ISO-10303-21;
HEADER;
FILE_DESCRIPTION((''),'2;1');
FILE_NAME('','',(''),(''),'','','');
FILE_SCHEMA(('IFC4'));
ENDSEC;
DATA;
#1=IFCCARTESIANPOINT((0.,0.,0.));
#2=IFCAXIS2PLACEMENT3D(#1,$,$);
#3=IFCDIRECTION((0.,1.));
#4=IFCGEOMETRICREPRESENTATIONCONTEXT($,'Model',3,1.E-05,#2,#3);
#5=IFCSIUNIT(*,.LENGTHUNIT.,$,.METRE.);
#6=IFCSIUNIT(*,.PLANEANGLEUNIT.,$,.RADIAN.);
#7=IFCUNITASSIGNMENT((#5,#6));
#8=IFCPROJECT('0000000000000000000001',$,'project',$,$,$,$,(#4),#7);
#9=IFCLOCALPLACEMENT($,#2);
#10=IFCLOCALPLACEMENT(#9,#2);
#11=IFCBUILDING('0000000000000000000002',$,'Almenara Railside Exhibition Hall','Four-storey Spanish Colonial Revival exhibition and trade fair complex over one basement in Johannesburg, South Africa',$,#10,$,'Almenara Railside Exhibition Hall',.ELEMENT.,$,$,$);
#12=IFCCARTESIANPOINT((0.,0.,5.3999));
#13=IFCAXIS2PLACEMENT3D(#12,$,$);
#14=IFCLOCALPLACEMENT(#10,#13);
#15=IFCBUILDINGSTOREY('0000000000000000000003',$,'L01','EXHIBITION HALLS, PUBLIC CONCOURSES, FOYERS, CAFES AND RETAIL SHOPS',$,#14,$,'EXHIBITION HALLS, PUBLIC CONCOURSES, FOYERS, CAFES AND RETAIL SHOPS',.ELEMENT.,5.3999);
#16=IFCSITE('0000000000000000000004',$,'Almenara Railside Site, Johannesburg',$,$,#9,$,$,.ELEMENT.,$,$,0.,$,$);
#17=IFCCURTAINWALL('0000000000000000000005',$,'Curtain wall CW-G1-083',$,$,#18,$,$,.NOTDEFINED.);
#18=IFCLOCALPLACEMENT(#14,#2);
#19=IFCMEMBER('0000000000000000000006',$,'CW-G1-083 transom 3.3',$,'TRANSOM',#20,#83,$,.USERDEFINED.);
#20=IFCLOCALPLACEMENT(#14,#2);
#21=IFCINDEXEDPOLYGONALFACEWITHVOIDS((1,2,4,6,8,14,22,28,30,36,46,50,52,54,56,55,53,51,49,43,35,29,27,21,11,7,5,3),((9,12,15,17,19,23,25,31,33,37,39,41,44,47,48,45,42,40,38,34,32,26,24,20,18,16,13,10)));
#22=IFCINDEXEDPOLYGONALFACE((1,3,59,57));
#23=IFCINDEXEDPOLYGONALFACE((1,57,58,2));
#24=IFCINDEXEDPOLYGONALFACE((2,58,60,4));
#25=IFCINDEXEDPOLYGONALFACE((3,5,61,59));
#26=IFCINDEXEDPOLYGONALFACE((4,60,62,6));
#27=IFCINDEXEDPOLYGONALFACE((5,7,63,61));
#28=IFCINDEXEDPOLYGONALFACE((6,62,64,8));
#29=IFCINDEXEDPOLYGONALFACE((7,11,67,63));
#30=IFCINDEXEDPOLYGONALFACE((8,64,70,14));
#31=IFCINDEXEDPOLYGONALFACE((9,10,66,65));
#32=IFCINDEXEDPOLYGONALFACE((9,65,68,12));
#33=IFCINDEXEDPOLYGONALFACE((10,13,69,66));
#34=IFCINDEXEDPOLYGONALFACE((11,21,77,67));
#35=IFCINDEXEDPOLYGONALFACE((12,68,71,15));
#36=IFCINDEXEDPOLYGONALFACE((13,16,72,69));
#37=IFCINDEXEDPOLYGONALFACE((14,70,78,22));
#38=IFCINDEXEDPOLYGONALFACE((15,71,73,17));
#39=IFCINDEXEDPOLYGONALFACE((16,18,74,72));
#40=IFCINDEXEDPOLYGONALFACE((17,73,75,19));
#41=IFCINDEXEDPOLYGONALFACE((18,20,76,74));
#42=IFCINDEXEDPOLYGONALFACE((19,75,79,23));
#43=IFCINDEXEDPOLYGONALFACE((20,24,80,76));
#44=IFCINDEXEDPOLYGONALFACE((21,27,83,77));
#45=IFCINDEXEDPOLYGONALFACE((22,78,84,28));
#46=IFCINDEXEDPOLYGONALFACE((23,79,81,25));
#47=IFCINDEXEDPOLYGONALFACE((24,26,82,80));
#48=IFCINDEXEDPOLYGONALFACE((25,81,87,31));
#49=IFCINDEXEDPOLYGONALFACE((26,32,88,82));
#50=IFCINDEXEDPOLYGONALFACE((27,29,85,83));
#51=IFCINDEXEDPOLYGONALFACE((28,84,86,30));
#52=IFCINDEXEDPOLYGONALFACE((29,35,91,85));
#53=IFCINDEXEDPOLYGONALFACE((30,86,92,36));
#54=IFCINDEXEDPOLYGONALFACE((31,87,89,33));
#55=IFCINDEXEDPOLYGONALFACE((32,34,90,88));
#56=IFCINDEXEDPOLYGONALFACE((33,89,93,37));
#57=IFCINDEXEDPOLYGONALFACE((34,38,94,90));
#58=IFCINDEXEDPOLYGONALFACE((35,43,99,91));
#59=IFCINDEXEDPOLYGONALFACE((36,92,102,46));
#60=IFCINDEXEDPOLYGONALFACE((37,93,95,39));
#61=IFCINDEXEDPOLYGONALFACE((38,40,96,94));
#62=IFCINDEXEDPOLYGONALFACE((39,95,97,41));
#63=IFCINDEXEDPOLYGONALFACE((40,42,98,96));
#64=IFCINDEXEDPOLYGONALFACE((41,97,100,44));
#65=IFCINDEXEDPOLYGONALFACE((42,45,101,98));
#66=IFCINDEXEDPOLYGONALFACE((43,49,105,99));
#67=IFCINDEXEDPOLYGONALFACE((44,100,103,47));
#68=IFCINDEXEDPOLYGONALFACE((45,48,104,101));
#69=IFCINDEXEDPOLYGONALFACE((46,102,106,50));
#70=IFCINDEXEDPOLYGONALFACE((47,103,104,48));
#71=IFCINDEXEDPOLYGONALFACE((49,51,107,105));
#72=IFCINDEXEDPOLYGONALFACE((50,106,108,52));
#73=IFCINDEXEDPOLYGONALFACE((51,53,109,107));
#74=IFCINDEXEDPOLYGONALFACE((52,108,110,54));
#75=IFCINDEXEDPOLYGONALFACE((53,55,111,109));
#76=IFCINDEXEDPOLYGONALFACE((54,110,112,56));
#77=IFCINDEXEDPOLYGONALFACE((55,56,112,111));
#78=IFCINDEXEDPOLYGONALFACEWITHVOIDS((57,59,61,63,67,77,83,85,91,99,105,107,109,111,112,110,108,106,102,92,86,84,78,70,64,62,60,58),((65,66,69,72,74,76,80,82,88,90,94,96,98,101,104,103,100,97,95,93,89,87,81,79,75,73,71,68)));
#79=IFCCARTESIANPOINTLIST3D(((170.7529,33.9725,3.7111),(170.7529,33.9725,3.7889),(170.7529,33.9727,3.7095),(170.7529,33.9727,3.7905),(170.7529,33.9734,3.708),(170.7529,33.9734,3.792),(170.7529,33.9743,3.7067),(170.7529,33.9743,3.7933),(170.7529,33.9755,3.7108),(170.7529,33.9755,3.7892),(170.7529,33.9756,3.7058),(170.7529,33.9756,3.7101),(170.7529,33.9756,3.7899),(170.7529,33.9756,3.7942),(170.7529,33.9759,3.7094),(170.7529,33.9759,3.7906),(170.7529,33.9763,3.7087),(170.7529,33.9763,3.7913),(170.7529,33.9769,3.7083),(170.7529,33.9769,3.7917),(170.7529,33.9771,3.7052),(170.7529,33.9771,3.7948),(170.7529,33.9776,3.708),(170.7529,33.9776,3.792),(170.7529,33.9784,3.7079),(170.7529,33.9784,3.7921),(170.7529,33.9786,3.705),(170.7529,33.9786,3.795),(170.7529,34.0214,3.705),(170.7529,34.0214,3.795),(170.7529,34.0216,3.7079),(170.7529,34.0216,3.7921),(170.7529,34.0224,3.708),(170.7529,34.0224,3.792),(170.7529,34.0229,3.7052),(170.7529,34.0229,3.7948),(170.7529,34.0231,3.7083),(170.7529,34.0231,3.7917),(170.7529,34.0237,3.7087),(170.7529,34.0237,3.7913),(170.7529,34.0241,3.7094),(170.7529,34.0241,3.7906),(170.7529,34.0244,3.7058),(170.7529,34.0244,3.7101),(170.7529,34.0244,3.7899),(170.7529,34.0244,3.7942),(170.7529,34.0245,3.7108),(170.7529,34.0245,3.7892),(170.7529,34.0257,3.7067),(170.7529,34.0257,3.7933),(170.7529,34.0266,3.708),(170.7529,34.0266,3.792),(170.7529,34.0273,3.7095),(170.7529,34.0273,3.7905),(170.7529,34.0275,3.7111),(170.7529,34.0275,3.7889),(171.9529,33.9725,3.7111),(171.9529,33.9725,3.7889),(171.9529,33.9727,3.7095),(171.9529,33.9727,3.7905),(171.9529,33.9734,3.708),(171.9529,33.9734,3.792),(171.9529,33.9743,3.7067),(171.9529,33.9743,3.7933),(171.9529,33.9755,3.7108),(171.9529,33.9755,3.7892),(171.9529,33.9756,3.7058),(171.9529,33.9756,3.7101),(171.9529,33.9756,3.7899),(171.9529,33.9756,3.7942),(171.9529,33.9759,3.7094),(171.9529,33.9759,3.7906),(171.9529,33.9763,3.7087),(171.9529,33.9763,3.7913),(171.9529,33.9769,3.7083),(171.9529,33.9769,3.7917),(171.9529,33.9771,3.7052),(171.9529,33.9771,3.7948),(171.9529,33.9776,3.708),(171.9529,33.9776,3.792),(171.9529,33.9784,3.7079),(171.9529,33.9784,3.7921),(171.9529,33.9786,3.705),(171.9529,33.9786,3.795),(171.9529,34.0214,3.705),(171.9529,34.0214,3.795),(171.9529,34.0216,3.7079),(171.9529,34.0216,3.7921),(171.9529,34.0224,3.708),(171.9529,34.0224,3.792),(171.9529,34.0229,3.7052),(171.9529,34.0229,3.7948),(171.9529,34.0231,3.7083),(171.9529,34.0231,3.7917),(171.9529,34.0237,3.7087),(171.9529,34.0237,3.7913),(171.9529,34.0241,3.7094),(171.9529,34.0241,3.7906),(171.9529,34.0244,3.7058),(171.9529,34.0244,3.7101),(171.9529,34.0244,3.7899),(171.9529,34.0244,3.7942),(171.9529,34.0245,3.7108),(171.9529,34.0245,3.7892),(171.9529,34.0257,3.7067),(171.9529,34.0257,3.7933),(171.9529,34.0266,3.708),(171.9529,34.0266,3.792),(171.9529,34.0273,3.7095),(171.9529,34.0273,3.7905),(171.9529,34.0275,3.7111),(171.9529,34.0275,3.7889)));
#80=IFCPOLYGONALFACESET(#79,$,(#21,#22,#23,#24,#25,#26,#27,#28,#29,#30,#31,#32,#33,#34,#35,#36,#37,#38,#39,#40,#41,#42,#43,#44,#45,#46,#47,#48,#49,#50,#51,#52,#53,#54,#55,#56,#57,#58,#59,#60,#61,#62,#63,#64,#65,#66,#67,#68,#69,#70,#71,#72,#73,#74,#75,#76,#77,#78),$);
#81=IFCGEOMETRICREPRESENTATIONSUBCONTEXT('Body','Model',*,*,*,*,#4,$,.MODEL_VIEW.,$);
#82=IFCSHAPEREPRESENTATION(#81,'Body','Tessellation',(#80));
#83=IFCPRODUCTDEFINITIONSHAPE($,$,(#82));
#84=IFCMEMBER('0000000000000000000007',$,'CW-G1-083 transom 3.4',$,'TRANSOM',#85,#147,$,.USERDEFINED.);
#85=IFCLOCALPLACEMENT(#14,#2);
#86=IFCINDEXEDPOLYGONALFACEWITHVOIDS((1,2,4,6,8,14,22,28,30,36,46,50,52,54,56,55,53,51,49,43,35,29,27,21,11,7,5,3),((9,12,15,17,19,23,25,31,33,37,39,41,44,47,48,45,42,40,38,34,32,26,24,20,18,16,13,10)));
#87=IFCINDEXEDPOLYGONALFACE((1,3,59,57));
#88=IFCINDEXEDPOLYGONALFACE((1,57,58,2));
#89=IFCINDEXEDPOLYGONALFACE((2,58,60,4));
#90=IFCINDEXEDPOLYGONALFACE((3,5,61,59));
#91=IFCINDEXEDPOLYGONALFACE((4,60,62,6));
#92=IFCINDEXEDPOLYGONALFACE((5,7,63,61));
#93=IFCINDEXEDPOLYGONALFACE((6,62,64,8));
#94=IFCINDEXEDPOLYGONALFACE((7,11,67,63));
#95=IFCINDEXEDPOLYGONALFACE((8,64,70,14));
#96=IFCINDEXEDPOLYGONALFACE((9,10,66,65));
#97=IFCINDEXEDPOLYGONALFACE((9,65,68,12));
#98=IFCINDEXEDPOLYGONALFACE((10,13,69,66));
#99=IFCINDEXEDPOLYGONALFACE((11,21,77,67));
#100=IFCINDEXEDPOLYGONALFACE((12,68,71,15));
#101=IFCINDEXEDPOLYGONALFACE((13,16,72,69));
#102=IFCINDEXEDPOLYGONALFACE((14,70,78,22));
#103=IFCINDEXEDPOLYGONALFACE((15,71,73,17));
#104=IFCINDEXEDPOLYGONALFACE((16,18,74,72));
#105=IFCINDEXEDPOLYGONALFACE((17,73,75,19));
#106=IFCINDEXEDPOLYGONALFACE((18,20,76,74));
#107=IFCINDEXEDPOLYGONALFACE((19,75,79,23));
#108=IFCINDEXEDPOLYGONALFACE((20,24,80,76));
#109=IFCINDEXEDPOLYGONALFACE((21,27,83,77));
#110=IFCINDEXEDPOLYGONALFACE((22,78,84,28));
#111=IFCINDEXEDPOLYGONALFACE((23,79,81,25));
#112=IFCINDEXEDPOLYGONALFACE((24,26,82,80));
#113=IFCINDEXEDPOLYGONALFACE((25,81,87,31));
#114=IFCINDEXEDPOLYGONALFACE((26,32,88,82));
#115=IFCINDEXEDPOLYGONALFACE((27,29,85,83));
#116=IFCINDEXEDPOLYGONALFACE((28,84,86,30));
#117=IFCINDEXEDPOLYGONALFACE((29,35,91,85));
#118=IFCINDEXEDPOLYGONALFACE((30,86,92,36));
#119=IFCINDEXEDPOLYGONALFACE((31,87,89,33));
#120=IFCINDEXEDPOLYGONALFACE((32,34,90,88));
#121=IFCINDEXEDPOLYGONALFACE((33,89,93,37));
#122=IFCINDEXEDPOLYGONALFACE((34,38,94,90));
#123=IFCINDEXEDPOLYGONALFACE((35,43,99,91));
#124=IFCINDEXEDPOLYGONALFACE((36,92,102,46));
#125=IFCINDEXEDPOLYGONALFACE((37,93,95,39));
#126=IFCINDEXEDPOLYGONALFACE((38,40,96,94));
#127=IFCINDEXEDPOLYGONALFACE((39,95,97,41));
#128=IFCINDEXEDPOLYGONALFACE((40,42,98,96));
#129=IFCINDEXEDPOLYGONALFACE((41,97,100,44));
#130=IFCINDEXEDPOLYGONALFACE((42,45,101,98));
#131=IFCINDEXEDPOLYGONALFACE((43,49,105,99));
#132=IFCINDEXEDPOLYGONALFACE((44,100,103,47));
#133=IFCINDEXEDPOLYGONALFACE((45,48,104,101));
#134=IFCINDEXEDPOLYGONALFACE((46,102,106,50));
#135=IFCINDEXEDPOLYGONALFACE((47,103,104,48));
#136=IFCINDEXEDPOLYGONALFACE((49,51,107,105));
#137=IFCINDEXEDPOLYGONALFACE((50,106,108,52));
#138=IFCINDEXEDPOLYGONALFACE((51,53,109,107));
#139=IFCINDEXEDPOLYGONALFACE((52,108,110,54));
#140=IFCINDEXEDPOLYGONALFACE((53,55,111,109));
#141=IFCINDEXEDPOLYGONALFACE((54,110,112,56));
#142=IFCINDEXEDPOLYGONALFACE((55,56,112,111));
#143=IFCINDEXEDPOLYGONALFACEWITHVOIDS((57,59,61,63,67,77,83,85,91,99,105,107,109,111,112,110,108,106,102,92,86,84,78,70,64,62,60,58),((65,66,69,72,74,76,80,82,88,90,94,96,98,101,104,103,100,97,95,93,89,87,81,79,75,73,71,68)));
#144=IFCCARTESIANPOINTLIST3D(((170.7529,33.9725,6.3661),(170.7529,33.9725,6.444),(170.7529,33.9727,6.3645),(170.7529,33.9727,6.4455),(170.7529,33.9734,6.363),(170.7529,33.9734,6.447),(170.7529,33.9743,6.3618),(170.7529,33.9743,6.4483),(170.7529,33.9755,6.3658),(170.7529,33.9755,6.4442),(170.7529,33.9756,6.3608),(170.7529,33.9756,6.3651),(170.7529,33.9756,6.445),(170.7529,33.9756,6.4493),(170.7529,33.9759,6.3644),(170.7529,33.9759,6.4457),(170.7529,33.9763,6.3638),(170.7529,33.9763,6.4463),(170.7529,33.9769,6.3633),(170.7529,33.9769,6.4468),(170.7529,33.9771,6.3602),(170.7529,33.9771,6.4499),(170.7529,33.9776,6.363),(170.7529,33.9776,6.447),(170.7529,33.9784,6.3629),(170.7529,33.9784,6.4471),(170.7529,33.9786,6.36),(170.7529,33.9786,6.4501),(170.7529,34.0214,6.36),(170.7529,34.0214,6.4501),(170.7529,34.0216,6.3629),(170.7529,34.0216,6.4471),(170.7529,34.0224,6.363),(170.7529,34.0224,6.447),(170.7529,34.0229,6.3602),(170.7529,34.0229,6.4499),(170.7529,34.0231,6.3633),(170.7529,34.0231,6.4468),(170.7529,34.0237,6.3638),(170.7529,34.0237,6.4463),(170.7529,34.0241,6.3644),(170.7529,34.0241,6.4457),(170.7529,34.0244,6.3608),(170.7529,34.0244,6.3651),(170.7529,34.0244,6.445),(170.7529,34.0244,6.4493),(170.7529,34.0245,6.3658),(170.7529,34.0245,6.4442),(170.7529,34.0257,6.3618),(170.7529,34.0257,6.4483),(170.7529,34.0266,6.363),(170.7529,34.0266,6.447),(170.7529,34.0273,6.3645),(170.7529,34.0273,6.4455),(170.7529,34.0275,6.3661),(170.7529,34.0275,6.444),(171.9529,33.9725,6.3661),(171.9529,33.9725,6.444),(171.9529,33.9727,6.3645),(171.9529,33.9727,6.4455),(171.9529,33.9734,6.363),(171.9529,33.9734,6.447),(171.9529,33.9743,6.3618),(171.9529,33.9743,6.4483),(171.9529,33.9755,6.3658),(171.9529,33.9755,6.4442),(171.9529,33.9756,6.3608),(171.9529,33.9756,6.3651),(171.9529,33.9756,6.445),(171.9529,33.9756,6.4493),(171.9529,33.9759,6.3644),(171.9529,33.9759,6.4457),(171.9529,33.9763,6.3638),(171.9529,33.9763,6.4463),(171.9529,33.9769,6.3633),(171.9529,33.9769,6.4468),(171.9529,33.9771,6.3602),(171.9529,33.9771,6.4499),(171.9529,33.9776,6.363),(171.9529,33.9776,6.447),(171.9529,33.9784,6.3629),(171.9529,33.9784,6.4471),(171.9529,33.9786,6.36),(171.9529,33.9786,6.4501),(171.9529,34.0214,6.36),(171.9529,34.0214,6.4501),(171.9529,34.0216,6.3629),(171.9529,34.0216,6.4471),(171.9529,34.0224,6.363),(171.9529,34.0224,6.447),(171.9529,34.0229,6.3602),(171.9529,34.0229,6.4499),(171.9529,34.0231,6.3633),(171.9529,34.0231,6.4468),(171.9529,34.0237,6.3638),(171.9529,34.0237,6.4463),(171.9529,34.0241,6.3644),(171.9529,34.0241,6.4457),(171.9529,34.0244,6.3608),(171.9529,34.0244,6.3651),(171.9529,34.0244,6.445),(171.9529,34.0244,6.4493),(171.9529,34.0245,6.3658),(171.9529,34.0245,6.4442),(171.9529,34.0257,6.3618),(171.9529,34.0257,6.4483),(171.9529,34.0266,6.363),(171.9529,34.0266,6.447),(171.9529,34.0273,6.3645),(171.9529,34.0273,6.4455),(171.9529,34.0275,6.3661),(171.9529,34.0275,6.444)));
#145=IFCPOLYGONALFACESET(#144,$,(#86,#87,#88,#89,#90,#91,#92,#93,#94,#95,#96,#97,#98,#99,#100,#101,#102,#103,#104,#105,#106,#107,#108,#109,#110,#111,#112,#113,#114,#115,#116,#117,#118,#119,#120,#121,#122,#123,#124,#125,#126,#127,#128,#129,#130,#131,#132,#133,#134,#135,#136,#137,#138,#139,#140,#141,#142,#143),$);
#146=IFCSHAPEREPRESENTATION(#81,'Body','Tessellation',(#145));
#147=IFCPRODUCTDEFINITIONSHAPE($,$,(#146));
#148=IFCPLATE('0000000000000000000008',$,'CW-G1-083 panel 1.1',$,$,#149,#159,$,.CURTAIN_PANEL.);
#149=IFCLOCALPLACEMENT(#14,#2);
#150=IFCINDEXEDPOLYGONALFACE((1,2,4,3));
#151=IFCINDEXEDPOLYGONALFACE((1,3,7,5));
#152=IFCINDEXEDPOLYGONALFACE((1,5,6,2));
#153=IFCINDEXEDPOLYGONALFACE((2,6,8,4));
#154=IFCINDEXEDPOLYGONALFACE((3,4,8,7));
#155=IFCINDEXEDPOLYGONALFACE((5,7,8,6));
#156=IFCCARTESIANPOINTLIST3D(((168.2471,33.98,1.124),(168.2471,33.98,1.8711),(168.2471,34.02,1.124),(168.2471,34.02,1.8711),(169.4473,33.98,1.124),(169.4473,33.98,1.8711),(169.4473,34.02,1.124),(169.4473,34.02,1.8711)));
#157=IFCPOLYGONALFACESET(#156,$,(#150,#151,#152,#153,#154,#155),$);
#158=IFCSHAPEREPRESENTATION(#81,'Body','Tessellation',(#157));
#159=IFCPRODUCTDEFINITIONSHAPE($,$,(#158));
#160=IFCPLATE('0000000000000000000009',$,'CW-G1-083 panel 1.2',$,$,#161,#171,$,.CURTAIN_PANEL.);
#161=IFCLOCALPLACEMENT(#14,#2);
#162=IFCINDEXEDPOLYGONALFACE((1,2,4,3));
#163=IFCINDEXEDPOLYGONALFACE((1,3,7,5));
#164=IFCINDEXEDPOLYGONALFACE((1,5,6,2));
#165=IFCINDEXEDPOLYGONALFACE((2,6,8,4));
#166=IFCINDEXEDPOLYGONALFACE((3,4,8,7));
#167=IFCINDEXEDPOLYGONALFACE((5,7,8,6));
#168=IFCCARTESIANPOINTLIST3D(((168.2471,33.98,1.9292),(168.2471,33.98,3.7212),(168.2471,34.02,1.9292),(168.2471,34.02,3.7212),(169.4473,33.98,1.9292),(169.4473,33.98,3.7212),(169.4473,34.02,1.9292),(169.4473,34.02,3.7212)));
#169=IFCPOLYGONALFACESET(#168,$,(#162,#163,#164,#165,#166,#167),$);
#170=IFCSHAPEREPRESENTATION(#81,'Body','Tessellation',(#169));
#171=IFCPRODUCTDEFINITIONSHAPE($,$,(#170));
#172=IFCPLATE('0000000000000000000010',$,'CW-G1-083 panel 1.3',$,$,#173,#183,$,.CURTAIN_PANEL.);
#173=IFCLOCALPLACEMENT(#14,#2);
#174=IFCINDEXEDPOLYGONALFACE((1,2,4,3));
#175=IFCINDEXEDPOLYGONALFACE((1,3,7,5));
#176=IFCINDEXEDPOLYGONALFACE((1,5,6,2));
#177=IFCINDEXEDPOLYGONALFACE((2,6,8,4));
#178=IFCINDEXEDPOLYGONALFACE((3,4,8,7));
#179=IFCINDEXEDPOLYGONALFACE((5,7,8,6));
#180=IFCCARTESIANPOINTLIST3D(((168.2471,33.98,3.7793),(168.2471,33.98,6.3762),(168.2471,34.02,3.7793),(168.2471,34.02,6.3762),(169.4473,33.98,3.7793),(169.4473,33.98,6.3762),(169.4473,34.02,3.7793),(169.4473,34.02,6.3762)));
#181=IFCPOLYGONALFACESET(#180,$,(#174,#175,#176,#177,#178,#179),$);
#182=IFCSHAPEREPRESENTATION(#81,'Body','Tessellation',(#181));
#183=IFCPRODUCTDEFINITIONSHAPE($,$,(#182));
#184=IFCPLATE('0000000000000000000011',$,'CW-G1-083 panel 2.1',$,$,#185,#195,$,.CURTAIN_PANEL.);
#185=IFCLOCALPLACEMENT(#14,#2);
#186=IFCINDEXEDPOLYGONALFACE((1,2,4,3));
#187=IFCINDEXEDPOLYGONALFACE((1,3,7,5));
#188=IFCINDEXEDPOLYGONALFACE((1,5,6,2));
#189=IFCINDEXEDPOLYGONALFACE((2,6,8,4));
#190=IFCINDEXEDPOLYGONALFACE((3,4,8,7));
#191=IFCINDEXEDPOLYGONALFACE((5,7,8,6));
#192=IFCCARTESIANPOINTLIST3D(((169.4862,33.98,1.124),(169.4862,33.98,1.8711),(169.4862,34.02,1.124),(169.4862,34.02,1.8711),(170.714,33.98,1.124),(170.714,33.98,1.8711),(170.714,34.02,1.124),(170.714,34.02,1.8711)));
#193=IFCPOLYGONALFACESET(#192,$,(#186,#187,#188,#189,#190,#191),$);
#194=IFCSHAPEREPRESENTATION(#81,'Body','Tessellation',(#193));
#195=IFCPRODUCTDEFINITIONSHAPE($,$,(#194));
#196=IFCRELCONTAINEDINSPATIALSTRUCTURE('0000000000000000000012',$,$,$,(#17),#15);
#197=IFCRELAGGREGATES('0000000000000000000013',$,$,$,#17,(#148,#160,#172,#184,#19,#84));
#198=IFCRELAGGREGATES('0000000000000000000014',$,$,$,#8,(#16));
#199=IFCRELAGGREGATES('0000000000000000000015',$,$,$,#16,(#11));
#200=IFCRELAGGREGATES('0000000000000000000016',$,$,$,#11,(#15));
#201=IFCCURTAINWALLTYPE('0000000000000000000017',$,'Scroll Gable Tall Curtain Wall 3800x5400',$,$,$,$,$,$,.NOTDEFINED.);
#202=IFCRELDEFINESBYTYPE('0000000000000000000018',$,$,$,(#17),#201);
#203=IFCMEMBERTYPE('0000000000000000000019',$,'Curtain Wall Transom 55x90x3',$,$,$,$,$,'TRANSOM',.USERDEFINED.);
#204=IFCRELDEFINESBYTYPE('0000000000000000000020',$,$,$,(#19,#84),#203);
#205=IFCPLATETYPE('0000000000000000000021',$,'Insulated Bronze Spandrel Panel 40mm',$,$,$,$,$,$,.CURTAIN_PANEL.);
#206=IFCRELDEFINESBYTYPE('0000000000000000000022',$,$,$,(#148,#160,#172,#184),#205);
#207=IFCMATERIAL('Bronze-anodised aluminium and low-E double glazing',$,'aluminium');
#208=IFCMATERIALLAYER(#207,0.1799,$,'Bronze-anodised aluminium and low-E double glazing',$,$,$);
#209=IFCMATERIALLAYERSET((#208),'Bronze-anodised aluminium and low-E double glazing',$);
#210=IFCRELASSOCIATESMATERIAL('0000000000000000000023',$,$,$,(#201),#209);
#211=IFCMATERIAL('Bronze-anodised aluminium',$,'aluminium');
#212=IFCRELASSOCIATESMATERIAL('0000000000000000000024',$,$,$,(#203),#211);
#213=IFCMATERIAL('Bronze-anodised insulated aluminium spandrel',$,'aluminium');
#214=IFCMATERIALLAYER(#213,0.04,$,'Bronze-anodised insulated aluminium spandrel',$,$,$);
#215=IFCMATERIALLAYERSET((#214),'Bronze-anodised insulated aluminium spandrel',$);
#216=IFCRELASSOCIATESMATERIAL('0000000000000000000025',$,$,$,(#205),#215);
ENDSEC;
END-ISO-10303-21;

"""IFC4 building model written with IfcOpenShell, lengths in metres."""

from ifc_helpers import new_model, si_unit, direction, frame, origin, origin_2d, place, context, subcontext, project, spatial, rectangle, hollow_rectangle, extrude, material, layer, layer_set, material_profile, profile_set, type_object, element, aggregate, save


model = new_model("IFC4")

# Units and contexts
model_context = context("Model", 3, precision=1e-05, world=origin(), true_north=direction((0.0, 1.0)))
body_context = subcontext(model_context, "Body", "Model", "MODEL_VIEW")
ifc_project = project(units=[si_unit("LENGTHUNIT", "METRE"), si_unit("PLANEANGLEUNIT", "RADIAN")], contexts=[model_context])

# Site, building, storey
site_placement = place(None, origin())
site = spatial("IfcSite", under=ifc_project, at=site_placement, Name="Almenara Railside Site, Johannesburg", CompositionType="ELEMENT", RefElevation=0.0)
building_placement = place(site_placement, origin())
building = spatial("IfcBuilding", under=site, at=building_placement, Name="Almenara Railside Exhibition Hall", Description="Four-storey Spanish Colonial Revival exhibition and trade fair complex over one basement in Johannesburg, South Africa", LongName="Almenara Railside Exhibition Hall", CompositionType="ELEMENT")
storey_placement = place(building_placement, frame((0.0, 0.0, 5.3999)))
storey = spatial("IfcBuildingStorey", under=building, at=storey_placement, Name="L01", Description="EXHIBITION HALLS, PUBLIC CONCOURSES, FOYERS, CAFES AND RETAIL SHOPS", LongName="EXHIBITION HALLS, PUBLIC CONCOURSES, FOYERS, CAFES AND RETAIL SHOPS", CompositionType="ELEMENT", Elevation=5.3999)

# Curtain wall, members, plates
ifc_material_1 = material(Name="Bronze-anodised aluminium and low-E double glazing", Category="aluminium")
ifc_layer_1 = layer(ifc_material_1, 0.1799, Name="Bronze-anodised aluminium and low-E double glazing")
ifc_layer_set_1 = layer_set([ifc_layer_1], Name="Bronze-anodised aluminium and low-E double glazing")
curtain_wall_type = type_object("IfcCurtainWallType", Name="Scroll Gable Tall Curtain Wall 3800x5400", PredefinedType="NOTDEFINED", material=ifc_layer_set_1)
curtain_wall_placement = place(storey_placement, origin())
curtain_wall = element("IfcCurtainWall", 1, at=curtain_wall_placement, inside=storey, type_object=curtain_wall_type, Name="Curtain wall CW-G1-083", PredefinedType="NOTDEFINED")
ifc_material_2 = material(Name="Bronze-anodised aluminium", Category="aluminium")
ifc_material_profile_1 = material_profile(ifc_material_2, hollow_rectangle(XDim=0.0549, YDim=0.0901, WallThickness=0.0029, InnerFilletRadius=0.0029, OuterFilletRadius=0.0061, at=origin_2d()), Name="ALU-TRN 55x90x3")
ifc_profile_set_1 = profile_set([ifc_material_profile_1], Name="Bronze-anodised aluminium")
member_type_1 = type_object("IfcMemberType", Name="Curtain Wall Transom 55x90x3", ElementType="TRANSOM", PredefinedType="USERDEFINED", material=ifc_profile_set_1)
member_1_placement = place(storey_placement, frame((170.7529, 34.0, 3.75), z_axis=(1.0, 0.0, 0.0), x_axis=(0.0, 1.0, 0.0)))
member_1 = element("IfcMember", 2, at=member_1_placement, type_object=member_type_1, Name="CW-G1-083 transom 3.3", ObjectType="TRANSOM", PredefinedType="USERDEFINED", context=body_context, shape_type="SweptSolid", body=[
    extrude(hollow_rectangle(XDim=0.0549, YDim=0.0901, WallThickness=0.0029, InnerFilletRadius=0.0029, OuterFilletRadius=0.0061, at=origin_2d()), origin(), (0.0, 0.0, 1.0), 1.2),
])
member_2_placement = place(storey_placement, frame((170.7529, 34.0, 6.405), z_axis=(1.0, 0.0, 0.0), x_axis=(0.0, 1.0, 0.0)))
member_2 = element("IfcMember", 3, at=member_2_placement, type_object=member_type_1, Name="CW-G1-083 transom 3.4", ObjectType="TRANSOM", PredefinedType="USERDEFINED", context=body_context, shape_type="SweptSolid", body=[
    extrude(hollow_rectangle(XDim=0.0549, YDim=0.0901, WallThickness=0.0029, InnerFilletRadius=0.0029, OuterFilletRadius=0.0061, at=origin_2d()), origin(), (0.0, 0.0, 1.0), 1.2),
])
ifc_material_3 = material(Name="Bronze-anodised insulated aluminium spandrel", Category="aluminium")
ifc_layer_2 = layer(ifc_material_3, 0.04, Name="Bronze-anodised insulated aluminium spandrel")
ifc_layer_set_2 = layer_set([ifc_layer_2], Name="Bronze-anodised insulated aluminium spandrel")
plate_type = type_object("IfcPlateType", Name="Insulated Bronze Spandrel Panel 40mm", PredefinedType="CURTAIN_PANEL", material=ifc_layer_set_2)
plate_1_placement = place(storey_placement, frame((168.8472, 34.0, 1.124), z_axis=(0.0, 0.0, 1.0), x_axis=(1.0, 0.0, 0.0)))
plate_1 = element("IfcPlate", 4, at=plate_1_placement, type_object=plate_type, Name="CW-G1-083 panel 1.1", PredefinedType="CURTAIN_PANEL", context=body_context, shape_type="SweptSolid", body=[
    extrude(rectangle(XDim=1.2002, YDim=0.04, at=origin_2d()), origin(), (0.0, 0.0, 1.0), 0.7471),
])
plate_2_placement = place(storey_placement, frame((168.8472, 34.0, 1.9292), z_axis=(0.0, 0.0, 1.0), x_axis=(1.0, 0.0, 0.0)))
plate_2 = element("IfcPlate", 5, at=plate_2_placement, type_object=plate_type, Name="CW-G1-083 panel 1.2", PredefinedType="CURTAIN_PANEL", context=body_context, shape_type="SweptSolid", body=[
    extrude(rectangle(XDim=1.2002, YDim=0.04, at=origin_2d()), origin(), (0.0, 0.0, 1.0), 1.792),
])
plate_3_placement = place(storey_placement, frame((168.8472, 34.0, 3.7793), z_axis=(0.0, 0.0, 1.0), x_axis=(1.0, 0.0, 0.0)))
plate_3 = element("IfcPlate", 6, at=plate_3_placement, type_object=plate_type, Name="CW-G1-083 panel 1.3", PredefinedType="CURTAIN_PANEL", context=body_context, shape_type="SweptSolid", body=[
    extrude(rectangle(XDim=1.2002, YDim=0.04, at=origin_2d()), origin(), (0.0, 0.0, 1.0), 2.5969),
])
plate_4_placement = place(storey_placement, frame((170.1001, 34.0, 1.124), z_axis=(0.0, 0.0, 1.0), x_axis=(1.0, 0.0, 0.0)))
plate_4 = element("IfcPlate", 7, at=plate_4_placement, type_object=plate_type, Name="CW-G1-083 panel 2.1", PredefinedType="CURTAIN_PANEL", context=body_context, shape_type="SweptSolid", body=[
    extrude(rectangle(XDim=1.2278, YDim=0.04, at=origin_2d()), origin(), (0.0, 0.0, 1.0), 0.7471),
])
aggregate(curtain_wall, [plate_1, plate_2, plate_3, plate_4, member_1, member_2])

save(model, "model.ifc")
